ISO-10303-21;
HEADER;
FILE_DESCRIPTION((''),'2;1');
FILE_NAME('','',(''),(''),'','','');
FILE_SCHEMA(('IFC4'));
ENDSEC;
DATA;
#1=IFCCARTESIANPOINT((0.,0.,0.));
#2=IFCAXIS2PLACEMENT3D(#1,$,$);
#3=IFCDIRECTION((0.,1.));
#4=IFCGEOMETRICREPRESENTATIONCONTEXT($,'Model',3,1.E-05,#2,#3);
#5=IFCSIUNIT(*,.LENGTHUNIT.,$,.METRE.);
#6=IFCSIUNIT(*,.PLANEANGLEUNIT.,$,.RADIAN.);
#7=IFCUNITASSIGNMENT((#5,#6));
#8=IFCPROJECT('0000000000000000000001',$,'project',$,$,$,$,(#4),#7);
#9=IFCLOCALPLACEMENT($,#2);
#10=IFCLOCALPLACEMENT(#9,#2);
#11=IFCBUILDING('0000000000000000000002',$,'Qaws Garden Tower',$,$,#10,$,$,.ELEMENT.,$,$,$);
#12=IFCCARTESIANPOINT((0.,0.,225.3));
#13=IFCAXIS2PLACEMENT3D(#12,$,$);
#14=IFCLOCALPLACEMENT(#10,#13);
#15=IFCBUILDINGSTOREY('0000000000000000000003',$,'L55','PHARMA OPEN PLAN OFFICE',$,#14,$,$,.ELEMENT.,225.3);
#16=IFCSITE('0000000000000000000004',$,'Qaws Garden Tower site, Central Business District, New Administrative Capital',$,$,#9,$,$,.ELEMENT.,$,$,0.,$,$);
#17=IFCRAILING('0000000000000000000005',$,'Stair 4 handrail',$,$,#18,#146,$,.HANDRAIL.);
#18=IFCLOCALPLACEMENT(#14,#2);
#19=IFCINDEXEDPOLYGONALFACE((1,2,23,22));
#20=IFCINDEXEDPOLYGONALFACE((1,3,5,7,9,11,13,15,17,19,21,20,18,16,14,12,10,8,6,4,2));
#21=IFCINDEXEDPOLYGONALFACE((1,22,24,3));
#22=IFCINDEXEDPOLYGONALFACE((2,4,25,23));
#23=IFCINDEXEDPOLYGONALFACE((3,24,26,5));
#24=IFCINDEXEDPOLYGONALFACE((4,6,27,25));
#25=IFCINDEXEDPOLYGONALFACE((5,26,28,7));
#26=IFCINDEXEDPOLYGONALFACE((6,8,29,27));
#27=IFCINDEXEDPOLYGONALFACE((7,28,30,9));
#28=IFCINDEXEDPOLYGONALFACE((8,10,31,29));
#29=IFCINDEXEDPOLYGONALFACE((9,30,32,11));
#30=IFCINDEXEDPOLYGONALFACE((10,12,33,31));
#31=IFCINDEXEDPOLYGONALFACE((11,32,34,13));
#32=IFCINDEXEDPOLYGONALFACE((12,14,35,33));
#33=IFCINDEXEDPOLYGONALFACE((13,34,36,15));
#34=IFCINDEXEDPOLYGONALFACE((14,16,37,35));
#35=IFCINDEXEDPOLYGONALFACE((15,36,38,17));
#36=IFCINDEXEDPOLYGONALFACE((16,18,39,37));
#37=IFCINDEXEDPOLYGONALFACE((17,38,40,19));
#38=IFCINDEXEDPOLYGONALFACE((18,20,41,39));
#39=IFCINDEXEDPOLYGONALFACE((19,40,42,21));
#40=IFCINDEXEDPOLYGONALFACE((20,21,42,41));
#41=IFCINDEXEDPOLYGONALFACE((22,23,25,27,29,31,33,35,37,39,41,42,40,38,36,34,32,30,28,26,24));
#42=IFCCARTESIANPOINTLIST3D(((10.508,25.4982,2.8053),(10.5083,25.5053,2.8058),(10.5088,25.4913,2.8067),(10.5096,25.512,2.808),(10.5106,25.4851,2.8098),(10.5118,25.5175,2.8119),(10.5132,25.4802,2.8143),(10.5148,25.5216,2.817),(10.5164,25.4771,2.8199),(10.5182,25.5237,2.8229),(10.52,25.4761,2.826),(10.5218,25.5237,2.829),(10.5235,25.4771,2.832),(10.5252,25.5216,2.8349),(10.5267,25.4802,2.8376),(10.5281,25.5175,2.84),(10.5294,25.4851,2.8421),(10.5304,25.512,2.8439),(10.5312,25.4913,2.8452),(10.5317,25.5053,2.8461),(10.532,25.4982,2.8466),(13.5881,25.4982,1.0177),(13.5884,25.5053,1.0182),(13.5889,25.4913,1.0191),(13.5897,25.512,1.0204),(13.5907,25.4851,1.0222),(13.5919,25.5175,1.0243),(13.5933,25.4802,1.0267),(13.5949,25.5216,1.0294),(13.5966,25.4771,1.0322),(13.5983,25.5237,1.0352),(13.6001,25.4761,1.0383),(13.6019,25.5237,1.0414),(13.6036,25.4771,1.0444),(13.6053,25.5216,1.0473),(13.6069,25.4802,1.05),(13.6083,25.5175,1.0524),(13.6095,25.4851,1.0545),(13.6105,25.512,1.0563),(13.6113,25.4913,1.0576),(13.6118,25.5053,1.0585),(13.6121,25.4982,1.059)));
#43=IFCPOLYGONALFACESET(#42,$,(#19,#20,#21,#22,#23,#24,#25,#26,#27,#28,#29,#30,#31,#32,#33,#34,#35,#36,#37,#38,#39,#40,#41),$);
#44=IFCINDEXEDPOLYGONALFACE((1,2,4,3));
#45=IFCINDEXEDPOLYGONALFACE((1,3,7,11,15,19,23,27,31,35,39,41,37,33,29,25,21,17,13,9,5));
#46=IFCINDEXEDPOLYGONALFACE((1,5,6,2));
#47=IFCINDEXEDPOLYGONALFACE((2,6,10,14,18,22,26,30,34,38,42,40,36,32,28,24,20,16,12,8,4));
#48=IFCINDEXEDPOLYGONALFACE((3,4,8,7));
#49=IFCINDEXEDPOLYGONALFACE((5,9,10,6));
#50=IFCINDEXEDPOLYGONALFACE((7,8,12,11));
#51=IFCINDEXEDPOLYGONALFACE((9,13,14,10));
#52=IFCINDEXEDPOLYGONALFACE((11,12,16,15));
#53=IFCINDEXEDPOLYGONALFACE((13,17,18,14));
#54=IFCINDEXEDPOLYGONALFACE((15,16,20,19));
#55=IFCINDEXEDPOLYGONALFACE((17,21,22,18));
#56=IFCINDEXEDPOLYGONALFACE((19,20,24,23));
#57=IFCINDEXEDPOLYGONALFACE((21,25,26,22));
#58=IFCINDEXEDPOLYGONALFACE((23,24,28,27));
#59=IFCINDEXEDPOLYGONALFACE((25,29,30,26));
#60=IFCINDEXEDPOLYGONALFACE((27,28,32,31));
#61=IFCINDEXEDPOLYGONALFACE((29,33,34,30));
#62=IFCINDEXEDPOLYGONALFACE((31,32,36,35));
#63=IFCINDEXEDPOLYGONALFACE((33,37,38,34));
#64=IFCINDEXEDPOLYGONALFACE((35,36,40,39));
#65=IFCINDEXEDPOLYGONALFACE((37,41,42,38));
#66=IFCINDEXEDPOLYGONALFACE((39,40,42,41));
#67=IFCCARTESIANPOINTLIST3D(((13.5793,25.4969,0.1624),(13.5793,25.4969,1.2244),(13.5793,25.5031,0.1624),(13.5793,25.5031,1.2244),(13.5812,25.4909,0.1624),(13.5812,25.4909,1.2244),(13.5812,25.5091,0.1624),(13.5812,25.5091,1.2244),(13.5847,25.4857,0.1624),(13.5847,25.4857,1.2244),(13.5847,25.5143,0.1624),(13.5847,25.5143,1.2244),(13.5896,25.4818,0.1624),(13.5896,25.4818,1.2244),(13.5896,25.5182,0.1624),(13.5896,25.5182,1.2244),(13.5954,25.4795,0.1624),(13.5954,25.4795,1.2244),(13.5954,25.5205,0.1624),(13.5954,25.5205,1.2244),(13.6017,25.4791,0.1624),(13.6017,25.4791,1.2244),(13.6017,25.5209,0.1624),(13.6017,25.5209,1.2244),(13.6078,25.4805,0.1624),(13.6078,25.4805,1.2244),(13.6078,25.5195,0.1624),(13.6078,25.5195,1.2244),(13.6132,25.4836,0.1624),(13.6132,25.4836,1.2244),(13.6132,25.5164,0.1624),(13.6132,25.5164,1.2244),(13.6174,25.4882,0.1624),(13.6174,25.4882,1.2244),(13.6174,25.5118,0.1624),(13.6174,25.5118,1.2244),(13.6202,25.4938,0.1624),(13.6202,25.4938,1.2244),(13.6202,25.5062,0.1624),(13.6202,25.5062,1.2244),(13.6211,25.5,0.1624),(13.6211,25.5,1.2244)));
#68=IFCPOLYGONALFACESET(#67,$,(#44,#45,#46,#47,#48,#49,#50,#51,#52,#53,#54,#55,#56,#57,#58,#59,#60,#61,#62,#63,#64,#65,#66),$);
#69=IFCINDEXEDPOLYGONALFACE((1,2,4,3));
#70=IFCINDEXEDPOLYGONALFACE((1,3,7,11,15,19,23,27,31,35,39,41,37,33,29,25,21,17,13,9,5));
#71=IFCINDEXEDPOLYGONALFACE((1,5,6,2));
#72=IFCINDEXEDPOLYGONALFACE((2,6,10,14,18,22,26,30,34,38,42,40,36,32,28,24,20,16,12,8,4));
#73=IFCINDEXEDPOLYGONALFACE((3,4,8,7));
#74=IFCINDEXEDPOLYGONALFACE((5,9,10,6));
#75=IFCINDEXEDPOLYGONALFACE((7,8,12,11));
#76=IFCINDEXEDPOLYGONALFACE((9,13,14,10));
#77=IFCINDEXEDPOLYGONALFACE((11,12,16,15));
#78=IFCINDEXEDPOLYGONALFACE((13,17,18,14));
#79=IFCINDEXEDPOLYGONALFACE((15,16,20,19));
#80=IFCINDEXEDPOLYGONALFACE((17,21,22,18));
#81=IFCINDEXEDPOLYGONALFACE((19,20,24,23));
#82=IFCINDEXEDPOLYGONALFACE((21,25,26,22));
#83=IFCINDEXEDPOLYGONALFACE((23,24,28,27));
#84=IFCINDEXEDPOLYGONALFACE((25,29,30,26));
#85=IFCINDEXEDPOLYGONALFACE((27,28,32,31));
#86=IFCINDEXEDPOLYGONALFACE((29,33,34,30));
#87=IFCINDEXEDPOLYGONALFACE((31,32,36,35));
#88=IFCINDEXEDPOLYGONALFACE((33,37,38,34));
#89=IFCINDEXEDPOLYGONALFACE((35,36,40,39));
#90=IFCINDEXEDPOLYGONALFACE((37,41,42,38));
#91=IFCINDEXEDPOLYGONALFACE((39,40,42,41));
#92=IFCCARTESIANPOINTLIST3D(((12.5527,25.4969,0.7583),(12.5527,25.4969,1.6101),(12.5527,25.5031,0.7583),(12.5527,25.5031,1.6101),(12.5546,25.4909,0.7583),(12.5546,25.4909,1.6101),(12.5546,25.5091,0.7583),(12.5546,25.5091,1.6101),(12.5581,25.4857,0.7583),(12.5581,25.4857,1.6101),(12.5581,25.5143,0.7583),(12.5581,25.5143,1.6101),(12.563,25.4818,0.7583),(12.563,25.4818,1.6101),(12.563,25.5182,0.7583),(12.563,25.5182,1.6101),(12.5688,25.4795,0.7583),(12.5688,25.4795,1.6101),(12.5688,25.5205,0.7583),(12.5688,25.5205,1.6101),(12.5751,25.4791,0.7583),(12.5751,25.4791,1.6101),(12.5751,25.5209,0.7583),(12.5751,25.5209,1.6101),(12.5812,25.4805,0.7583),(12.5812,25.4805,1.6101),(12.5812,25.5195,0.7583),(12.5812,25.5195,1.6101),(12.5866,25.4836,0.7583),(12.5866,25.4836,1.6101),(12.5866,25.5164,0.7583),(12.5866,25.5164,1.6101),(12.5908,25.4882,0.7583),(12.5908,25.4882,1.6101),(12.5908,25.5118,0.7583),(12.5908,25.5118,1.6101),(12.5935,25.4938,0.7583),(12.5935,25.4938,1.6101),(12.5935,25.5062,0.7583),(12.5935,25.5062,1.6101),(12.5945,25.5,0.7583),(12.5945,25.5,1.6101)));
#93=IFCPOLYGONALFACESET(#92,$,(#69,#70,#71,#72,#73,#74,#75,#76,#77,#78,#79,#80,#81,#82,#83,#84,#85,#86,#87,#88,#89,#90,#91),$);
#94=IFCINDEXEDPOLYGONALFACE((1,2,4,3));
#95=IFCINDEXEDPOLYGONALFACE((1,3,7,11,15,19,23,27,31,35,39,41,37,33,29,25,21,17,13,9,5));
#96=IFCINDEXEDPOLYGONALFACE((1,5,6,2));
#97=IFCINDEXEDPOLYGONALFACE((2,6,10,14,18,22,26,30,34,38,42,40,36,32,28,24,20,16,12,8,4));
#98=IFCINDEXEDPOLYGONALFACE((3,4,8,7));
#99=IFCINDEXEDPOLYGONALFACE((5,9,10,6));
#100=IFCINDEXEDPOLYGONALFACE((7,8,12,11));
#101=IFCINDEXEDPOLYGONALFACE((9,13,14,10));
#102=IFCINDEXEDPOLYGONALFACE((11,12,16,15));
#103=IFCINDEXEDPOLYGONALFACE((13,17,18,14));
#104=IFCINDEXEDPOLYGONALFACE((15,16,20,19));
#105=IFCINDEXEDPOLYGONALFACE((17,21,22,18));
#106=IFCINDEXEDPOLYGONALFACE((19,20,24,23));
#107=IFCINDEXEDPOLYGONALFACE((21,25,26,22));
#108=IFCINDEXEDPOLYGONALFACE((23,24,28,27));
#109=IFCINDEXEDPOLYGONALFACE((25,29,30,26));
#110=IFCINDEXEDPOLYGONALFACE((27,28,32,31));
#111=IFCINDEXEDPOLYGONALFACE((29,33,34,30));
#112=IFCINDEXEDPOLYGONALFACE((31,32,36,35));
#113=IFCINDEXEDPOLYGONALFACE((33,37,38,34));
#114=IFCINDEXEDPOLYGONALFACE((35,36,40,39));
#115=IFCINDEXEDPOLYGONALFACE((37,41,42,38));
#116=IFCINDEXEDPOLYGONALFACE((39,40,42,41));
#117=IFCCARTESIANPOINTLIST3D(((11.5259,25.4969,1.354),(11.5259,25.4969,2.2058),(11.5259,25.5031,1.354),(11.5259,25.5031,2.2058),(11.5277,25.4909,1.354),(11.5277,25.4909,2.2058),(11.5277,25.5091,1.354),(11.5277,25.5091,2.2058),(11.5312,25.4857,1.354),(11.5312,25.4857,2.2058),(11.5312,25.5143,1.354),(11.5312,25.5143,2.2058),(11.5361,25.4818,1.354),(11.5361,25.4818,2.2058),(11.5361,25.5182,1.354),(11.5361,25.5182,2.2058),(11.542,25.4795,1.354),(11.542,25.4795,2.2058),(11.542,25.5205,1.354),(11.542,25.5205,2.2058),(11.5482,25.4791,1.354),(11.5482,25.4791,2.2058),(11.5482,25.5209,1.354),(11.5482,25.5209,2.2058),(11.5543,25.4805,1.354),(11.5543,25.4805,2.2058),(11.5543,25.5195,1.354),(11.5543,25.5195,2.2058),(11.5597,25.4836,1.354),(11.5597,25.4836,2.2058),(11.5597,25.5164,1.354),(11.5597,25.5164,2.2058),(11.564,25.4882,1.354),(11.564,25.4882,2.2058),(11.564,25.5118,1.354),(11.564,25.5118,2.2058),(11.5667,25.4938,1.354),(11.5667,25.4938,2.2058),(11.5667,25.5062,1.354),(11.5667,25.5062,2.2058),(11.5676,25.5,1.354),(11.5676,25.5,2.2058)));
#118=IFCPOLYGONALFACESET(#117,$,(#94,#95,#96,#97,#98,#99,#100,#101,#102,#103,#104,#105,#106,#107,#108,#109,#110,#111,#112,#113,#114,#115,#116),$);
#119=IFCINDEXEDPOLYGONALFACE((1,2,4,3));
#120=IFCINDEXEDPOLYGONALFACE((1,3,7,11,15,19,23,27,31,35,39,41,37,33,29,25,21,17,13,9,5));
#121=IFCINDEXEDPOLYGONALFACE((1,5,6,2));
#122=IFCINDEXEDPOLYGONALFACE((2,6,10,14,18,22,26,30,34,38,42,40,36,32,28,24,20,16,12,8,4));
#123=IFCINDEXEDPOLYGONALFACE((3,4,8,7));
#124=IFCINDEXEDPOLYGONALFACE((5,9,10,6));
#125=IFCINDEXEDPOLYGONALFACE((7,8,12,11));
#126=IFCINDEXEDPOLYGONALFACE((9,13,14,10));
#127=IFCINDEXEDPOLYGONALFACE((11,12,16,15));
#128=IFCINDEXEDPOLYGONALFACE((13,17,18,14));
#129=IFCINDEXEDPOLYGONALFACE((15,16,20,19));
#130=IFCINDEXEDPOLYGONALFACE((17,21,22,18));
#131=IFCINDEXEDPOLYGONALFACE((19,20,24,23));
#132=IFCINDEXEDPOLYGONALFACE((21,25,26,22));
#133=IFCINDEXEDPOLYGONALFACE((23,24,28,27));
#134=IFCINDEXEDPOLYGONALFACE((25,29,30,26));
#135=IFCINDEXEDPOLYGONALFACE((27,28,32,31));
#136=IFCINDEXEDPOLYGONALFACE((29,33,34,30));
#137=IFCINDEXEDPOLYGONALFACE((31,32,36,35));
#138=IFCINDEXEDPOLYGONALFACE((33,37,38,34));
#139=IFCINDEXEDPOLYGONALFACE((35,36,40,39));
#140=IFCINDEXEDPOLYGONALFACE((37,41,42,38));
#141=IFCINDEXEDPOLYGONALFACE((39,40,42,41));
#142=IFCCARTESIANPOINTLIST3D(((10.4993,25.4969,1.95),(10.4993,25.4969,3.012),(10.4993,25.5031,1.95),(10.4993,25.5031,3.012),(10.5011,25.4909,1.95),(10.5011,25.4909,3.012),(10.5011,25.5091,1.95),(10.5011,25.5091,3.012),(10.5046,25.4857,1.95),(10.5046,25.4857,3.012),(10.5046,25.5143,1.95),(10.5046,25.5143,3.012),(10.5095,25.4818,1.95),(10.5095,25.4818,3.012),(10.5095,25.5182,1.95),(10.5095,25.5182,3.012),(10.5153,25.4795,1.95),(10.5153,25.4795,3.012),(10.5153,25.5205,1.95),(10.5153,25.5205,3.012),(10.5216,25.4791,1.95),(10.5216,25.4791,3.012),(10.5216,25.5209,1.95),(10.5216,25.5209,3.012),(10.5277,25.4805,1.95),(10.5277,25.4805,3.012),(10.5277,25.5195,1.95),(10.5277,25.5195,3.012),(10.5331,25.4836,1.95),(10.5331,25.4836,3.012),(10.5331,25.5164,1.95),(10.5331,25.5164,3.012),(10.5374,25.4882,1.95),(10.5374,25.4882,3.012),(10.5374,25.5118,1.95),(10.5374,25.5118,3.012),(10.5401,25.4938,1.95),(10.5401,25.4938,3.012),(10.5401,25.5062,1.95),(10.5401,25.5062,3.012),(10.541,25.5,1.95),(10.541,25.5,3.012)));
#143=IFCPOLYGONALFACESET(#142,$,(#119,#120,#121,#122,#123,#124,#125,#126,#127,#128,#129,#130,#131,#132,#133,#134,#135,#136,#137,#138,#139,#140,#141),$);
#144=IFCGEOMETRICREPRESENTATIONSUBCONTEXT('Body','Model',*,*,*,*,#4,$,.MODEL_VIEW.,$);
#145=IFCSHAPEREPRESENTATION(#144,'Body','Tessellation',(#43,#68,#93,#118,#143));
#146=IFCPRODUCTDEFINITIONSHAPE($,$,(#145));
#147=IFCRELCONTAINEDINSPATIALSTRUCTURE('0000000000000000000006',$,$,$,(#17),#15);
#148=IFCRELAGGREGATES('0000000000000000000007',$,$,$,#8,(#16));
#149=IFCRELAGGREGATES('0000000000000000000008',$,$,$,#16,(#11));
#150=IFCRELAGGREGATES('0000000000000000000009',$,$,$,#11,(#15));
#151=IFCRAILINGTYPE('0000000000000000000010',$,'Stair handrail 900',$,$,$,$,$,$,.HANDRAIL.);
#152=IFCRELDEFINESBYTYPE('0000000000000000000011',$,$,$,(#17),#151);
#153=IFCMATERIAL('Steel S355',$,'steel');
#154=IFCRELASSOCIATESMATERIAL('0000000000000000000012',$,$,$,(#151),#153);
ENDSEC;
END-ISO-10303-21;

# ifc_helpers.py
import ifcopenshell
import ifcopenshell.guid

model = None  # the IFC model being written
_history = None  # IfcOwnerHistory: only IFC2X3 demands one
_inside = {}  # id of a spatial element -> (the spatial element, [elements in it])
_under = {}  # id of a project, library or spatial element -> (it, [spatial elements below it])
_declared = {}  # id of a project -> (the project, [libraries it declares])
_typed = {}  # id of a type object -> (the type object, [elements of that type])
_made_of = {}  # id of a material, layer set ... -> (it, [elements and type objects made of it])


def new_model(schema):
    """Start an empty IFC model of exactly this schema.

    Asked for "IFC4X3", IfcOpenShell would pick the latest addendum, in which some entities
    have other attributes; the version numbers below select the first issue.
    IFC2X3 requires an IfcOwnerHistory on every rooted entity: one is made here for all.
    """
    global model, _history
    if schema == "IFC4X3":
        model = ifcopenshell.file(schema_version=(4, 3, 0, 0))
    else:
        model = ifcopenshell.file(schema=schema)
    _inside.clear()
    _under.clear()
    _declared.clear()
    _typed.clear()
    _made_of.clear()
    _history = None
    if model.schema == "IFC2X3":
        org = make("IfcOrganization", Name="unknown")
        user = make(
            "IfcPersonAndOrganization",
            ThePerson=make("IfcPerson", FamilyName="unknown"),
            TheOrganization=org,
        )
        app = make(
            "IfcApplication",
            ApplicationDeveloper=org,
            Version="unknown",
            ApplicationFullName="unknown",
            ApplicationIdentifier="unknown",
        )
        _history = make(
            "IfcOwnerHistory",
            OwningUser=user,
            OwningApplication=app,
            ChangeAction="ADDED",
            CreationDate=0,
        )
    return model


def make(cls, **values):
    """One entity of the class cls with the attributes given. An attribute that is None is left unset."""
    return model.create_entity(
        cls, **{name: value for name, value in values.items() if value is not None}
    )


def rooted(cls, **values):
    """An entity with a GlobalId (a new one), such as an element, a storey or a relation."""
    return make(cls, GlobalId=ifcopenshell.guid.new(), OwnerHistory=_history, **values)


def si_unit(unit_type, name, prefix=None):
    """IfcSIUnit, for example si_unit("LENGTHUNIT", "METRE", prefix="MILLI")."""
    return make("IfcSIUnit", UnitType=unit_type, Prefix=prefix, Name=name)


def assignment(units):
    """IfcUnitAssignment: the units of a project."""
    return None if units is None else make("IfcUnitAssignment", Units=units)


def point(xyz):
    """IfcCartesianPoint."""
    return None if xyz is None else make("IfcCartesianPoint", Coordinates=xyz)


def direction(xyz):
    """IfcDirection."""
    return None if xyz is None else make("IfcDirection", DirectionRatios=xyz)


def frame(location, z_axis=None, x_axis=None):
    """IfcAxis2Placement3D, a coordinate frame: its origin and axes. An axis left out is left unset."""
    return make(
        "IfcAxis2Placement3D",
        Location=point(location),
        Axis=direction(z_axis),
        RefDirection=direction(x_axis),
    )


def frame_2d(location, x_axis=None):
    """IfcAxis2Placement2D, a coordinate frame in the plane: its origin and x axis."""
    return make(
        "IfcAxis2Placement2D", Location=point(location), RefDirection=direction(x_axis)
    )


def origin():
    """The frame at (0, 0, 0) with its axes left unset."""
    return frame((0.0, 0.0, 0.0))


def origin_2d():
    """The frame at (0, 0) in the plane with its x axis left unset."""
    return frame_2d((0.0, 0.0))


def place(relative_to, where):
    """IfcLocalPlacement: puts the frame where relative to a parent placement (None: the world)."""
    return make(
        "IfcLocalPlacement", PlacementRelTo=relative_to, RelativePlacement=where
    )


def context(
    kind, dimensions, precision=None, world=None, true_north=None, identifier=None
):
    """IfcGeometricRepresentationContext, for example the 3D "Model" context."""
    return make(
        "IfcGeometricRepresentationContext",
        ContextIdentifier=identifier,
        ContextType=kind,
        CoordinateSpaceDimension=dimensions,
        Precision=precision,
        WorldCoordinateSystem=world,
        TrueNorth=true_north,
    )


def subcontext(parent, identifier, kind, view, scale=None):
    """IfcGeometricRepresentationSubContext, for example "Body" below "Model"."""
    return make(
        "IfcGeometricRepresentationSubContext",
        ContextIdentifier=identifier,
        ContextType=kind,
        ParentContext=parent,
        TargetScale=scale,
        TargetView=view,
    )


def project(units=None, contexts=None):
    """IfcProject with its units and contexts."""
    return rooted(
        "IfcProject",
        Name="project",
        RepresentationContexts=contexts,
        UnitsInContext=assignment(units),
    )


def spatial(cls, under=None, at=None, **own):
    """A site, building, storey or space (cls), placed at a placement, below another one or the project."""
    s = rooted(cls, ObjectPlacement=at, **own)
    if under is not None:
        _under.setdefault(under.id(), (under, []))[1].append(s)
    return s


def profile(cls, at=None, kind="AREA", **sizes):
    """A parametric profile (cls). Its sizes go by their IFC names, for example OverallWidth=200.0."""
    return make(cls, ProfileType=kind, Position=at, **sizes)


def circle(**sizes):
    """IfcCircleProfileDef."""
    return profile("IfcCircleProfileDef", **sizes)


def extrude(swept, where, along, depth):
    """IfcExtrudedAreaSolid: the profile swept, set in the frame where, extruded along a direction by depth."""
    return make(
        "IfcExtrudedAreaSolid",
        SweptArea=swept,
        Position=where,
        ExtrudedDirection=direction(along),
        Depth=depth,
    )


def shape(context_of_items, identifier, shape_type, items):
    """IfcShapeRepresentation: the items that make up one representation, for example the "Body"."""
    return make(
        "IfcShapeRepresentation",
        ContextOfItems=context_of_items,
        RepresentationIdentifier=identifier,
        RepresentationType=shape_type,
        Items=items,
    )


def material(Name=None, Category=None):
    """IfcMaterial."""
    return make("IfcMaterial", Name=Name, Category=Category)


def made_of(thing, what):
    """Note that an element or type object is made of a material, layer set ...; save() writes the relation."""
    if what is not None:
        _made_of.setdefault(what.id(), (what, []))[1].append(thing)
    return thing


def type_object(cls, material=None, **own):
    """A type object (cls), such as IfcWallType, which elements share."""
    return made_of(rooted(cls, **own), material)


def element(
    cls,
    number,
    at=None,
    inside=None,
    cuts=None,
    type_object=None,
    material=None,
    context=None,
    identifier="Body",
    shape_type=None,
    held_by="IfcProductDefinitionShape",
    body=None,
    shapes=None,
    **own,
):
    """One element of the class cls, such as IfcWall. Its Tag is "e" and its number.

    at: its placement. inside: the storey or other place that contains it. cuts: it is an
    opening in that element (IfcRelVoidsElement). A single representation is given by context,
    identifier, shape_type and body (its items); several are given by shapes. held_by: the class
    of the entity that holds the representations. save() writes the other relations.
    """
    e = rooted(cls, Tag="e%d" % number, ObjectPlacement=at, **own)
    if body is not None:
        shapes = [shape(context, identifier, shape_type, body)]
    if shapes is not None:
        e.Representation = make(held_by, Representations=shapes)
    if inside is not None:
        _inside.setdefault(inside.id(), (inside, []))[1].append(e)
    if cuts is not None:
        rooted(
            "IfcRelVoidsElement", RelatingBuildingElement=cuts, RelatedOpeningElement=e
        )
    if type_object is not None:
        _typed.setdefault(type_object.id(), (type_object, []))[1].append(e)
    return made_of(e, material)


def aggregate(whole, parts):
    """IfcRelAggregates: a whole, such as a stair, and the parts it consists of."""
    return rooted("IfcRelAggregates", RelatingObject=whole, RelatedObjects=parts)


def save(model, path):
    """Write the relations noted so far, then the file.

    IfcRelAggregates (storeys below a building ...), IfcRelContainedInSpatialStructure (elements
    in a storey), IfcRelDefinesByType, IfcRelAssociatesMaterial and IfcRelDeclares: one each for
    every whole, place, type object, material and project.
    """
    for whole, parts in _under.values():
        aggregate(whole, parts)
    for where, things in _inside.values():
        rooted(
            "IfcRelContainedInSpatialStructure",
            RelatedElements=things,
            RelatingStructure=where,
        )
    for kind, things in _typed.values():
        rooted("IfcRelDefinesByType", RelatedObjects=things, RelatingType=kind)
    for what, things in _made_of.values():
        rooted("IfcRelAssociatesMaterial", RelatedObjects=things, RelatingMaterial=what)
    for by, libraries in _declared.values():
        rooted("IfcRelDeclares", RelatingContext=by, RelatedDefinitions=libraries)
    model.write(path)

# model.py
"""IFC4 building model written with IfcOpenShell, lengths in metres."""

from ifc_helpers import new_model, si_unit, direction, frame, origin, origin_2d, place, context, subcontext, project, spatial, circle, extrude, material, type_object, element, save


model = new_model("IFC4")

# Units and contexts
model_context = context("Model", 3, precision=1e-05, world=origin(), true_north=direction((0.0, 1.0)))
body_context = subcontext(model_context, "Body", "Model", "MODEL_VIEW")
ifc_project = project(units=[si_unit("LENGTHUNIT", "METRE"), si_unit("PLANEANGLEUNIT", "RADIAN")], contexts=[model_context])

# Site, building, storey
site_placement = place(None, origin())
site = spatial("IfcSite", under=ifc_project, at=site_placement, Name="Qaws Garden Tower site, Central Business District, New Administrative Capital", CompositionType="ELEMENT", RefElevation=0.0)
building_placement = place(site_placement, origin())
building = spatial("IfcBuilding", under=site, at=building_placement, Name="Qaws Garden Tower", CompositionType="ELEMENT")
storey_placement = place(building_placement, frame((0.0, 0.0, 225.3)))
storey = spatial("IfcBuildingStorey", under=building, at=storey_placement, Name="L55", Description="PHARMA OPEN PLAN OFFICE", CompositionType="ELEMENT", Elevation=225.3)

# Railing
ifc_material_1 = material(Name="Steel S355", Category="steel")
railing_type = type_object("IfcRailingType", Name="Stair handrail 900", PredefinedType="HANDRAIL", material=ifc_material_1)
railing_1_placement = place(storey_placement, frame((13.6001, 25.5, 0.1624)))
element("IfcRailing", 1, at=railing_1_placement, inside=storey, type_object=railing_type, Name="Stair 4 handrail", PredefinedType="HANDRAIL", context=body_context, shape_type="SweptSolid", body=[
    extrude(circle(Radius=0.0239, at=origin_2d()), frame((0.0, 0.0, 0.876), z_axis=(-0.864891, 0.0, 0.50196), x_axis=(0.0, -1.0, 0.0)), (0.0, 0.0, 1.0), 3.5613),
    extrude(circle(Radius=0.021, at=origin_2d()), origin(), (0.0, 0.0, 1.0), 1.062),
    extrude(circle(Radius=0.021, at=origin_2d()), frame((-1.0266, 0.0, 0.5959)), (0.0, 0.0, 1.0), 0.8518),
    extrude(circle(Radius=0.021, at=origin_2d()), frame((-2.0535, 0.0, 1.1917)), (0.0, 0.0, 1.0), 0.8518),
    extrude(circle(Radius=0.021, at=origin_2d()), frame((-3.0801, 0.0, 1.7876)), (0.0, 0.0, 1.0), 1.062),
])

save(model, "model.ifc")
